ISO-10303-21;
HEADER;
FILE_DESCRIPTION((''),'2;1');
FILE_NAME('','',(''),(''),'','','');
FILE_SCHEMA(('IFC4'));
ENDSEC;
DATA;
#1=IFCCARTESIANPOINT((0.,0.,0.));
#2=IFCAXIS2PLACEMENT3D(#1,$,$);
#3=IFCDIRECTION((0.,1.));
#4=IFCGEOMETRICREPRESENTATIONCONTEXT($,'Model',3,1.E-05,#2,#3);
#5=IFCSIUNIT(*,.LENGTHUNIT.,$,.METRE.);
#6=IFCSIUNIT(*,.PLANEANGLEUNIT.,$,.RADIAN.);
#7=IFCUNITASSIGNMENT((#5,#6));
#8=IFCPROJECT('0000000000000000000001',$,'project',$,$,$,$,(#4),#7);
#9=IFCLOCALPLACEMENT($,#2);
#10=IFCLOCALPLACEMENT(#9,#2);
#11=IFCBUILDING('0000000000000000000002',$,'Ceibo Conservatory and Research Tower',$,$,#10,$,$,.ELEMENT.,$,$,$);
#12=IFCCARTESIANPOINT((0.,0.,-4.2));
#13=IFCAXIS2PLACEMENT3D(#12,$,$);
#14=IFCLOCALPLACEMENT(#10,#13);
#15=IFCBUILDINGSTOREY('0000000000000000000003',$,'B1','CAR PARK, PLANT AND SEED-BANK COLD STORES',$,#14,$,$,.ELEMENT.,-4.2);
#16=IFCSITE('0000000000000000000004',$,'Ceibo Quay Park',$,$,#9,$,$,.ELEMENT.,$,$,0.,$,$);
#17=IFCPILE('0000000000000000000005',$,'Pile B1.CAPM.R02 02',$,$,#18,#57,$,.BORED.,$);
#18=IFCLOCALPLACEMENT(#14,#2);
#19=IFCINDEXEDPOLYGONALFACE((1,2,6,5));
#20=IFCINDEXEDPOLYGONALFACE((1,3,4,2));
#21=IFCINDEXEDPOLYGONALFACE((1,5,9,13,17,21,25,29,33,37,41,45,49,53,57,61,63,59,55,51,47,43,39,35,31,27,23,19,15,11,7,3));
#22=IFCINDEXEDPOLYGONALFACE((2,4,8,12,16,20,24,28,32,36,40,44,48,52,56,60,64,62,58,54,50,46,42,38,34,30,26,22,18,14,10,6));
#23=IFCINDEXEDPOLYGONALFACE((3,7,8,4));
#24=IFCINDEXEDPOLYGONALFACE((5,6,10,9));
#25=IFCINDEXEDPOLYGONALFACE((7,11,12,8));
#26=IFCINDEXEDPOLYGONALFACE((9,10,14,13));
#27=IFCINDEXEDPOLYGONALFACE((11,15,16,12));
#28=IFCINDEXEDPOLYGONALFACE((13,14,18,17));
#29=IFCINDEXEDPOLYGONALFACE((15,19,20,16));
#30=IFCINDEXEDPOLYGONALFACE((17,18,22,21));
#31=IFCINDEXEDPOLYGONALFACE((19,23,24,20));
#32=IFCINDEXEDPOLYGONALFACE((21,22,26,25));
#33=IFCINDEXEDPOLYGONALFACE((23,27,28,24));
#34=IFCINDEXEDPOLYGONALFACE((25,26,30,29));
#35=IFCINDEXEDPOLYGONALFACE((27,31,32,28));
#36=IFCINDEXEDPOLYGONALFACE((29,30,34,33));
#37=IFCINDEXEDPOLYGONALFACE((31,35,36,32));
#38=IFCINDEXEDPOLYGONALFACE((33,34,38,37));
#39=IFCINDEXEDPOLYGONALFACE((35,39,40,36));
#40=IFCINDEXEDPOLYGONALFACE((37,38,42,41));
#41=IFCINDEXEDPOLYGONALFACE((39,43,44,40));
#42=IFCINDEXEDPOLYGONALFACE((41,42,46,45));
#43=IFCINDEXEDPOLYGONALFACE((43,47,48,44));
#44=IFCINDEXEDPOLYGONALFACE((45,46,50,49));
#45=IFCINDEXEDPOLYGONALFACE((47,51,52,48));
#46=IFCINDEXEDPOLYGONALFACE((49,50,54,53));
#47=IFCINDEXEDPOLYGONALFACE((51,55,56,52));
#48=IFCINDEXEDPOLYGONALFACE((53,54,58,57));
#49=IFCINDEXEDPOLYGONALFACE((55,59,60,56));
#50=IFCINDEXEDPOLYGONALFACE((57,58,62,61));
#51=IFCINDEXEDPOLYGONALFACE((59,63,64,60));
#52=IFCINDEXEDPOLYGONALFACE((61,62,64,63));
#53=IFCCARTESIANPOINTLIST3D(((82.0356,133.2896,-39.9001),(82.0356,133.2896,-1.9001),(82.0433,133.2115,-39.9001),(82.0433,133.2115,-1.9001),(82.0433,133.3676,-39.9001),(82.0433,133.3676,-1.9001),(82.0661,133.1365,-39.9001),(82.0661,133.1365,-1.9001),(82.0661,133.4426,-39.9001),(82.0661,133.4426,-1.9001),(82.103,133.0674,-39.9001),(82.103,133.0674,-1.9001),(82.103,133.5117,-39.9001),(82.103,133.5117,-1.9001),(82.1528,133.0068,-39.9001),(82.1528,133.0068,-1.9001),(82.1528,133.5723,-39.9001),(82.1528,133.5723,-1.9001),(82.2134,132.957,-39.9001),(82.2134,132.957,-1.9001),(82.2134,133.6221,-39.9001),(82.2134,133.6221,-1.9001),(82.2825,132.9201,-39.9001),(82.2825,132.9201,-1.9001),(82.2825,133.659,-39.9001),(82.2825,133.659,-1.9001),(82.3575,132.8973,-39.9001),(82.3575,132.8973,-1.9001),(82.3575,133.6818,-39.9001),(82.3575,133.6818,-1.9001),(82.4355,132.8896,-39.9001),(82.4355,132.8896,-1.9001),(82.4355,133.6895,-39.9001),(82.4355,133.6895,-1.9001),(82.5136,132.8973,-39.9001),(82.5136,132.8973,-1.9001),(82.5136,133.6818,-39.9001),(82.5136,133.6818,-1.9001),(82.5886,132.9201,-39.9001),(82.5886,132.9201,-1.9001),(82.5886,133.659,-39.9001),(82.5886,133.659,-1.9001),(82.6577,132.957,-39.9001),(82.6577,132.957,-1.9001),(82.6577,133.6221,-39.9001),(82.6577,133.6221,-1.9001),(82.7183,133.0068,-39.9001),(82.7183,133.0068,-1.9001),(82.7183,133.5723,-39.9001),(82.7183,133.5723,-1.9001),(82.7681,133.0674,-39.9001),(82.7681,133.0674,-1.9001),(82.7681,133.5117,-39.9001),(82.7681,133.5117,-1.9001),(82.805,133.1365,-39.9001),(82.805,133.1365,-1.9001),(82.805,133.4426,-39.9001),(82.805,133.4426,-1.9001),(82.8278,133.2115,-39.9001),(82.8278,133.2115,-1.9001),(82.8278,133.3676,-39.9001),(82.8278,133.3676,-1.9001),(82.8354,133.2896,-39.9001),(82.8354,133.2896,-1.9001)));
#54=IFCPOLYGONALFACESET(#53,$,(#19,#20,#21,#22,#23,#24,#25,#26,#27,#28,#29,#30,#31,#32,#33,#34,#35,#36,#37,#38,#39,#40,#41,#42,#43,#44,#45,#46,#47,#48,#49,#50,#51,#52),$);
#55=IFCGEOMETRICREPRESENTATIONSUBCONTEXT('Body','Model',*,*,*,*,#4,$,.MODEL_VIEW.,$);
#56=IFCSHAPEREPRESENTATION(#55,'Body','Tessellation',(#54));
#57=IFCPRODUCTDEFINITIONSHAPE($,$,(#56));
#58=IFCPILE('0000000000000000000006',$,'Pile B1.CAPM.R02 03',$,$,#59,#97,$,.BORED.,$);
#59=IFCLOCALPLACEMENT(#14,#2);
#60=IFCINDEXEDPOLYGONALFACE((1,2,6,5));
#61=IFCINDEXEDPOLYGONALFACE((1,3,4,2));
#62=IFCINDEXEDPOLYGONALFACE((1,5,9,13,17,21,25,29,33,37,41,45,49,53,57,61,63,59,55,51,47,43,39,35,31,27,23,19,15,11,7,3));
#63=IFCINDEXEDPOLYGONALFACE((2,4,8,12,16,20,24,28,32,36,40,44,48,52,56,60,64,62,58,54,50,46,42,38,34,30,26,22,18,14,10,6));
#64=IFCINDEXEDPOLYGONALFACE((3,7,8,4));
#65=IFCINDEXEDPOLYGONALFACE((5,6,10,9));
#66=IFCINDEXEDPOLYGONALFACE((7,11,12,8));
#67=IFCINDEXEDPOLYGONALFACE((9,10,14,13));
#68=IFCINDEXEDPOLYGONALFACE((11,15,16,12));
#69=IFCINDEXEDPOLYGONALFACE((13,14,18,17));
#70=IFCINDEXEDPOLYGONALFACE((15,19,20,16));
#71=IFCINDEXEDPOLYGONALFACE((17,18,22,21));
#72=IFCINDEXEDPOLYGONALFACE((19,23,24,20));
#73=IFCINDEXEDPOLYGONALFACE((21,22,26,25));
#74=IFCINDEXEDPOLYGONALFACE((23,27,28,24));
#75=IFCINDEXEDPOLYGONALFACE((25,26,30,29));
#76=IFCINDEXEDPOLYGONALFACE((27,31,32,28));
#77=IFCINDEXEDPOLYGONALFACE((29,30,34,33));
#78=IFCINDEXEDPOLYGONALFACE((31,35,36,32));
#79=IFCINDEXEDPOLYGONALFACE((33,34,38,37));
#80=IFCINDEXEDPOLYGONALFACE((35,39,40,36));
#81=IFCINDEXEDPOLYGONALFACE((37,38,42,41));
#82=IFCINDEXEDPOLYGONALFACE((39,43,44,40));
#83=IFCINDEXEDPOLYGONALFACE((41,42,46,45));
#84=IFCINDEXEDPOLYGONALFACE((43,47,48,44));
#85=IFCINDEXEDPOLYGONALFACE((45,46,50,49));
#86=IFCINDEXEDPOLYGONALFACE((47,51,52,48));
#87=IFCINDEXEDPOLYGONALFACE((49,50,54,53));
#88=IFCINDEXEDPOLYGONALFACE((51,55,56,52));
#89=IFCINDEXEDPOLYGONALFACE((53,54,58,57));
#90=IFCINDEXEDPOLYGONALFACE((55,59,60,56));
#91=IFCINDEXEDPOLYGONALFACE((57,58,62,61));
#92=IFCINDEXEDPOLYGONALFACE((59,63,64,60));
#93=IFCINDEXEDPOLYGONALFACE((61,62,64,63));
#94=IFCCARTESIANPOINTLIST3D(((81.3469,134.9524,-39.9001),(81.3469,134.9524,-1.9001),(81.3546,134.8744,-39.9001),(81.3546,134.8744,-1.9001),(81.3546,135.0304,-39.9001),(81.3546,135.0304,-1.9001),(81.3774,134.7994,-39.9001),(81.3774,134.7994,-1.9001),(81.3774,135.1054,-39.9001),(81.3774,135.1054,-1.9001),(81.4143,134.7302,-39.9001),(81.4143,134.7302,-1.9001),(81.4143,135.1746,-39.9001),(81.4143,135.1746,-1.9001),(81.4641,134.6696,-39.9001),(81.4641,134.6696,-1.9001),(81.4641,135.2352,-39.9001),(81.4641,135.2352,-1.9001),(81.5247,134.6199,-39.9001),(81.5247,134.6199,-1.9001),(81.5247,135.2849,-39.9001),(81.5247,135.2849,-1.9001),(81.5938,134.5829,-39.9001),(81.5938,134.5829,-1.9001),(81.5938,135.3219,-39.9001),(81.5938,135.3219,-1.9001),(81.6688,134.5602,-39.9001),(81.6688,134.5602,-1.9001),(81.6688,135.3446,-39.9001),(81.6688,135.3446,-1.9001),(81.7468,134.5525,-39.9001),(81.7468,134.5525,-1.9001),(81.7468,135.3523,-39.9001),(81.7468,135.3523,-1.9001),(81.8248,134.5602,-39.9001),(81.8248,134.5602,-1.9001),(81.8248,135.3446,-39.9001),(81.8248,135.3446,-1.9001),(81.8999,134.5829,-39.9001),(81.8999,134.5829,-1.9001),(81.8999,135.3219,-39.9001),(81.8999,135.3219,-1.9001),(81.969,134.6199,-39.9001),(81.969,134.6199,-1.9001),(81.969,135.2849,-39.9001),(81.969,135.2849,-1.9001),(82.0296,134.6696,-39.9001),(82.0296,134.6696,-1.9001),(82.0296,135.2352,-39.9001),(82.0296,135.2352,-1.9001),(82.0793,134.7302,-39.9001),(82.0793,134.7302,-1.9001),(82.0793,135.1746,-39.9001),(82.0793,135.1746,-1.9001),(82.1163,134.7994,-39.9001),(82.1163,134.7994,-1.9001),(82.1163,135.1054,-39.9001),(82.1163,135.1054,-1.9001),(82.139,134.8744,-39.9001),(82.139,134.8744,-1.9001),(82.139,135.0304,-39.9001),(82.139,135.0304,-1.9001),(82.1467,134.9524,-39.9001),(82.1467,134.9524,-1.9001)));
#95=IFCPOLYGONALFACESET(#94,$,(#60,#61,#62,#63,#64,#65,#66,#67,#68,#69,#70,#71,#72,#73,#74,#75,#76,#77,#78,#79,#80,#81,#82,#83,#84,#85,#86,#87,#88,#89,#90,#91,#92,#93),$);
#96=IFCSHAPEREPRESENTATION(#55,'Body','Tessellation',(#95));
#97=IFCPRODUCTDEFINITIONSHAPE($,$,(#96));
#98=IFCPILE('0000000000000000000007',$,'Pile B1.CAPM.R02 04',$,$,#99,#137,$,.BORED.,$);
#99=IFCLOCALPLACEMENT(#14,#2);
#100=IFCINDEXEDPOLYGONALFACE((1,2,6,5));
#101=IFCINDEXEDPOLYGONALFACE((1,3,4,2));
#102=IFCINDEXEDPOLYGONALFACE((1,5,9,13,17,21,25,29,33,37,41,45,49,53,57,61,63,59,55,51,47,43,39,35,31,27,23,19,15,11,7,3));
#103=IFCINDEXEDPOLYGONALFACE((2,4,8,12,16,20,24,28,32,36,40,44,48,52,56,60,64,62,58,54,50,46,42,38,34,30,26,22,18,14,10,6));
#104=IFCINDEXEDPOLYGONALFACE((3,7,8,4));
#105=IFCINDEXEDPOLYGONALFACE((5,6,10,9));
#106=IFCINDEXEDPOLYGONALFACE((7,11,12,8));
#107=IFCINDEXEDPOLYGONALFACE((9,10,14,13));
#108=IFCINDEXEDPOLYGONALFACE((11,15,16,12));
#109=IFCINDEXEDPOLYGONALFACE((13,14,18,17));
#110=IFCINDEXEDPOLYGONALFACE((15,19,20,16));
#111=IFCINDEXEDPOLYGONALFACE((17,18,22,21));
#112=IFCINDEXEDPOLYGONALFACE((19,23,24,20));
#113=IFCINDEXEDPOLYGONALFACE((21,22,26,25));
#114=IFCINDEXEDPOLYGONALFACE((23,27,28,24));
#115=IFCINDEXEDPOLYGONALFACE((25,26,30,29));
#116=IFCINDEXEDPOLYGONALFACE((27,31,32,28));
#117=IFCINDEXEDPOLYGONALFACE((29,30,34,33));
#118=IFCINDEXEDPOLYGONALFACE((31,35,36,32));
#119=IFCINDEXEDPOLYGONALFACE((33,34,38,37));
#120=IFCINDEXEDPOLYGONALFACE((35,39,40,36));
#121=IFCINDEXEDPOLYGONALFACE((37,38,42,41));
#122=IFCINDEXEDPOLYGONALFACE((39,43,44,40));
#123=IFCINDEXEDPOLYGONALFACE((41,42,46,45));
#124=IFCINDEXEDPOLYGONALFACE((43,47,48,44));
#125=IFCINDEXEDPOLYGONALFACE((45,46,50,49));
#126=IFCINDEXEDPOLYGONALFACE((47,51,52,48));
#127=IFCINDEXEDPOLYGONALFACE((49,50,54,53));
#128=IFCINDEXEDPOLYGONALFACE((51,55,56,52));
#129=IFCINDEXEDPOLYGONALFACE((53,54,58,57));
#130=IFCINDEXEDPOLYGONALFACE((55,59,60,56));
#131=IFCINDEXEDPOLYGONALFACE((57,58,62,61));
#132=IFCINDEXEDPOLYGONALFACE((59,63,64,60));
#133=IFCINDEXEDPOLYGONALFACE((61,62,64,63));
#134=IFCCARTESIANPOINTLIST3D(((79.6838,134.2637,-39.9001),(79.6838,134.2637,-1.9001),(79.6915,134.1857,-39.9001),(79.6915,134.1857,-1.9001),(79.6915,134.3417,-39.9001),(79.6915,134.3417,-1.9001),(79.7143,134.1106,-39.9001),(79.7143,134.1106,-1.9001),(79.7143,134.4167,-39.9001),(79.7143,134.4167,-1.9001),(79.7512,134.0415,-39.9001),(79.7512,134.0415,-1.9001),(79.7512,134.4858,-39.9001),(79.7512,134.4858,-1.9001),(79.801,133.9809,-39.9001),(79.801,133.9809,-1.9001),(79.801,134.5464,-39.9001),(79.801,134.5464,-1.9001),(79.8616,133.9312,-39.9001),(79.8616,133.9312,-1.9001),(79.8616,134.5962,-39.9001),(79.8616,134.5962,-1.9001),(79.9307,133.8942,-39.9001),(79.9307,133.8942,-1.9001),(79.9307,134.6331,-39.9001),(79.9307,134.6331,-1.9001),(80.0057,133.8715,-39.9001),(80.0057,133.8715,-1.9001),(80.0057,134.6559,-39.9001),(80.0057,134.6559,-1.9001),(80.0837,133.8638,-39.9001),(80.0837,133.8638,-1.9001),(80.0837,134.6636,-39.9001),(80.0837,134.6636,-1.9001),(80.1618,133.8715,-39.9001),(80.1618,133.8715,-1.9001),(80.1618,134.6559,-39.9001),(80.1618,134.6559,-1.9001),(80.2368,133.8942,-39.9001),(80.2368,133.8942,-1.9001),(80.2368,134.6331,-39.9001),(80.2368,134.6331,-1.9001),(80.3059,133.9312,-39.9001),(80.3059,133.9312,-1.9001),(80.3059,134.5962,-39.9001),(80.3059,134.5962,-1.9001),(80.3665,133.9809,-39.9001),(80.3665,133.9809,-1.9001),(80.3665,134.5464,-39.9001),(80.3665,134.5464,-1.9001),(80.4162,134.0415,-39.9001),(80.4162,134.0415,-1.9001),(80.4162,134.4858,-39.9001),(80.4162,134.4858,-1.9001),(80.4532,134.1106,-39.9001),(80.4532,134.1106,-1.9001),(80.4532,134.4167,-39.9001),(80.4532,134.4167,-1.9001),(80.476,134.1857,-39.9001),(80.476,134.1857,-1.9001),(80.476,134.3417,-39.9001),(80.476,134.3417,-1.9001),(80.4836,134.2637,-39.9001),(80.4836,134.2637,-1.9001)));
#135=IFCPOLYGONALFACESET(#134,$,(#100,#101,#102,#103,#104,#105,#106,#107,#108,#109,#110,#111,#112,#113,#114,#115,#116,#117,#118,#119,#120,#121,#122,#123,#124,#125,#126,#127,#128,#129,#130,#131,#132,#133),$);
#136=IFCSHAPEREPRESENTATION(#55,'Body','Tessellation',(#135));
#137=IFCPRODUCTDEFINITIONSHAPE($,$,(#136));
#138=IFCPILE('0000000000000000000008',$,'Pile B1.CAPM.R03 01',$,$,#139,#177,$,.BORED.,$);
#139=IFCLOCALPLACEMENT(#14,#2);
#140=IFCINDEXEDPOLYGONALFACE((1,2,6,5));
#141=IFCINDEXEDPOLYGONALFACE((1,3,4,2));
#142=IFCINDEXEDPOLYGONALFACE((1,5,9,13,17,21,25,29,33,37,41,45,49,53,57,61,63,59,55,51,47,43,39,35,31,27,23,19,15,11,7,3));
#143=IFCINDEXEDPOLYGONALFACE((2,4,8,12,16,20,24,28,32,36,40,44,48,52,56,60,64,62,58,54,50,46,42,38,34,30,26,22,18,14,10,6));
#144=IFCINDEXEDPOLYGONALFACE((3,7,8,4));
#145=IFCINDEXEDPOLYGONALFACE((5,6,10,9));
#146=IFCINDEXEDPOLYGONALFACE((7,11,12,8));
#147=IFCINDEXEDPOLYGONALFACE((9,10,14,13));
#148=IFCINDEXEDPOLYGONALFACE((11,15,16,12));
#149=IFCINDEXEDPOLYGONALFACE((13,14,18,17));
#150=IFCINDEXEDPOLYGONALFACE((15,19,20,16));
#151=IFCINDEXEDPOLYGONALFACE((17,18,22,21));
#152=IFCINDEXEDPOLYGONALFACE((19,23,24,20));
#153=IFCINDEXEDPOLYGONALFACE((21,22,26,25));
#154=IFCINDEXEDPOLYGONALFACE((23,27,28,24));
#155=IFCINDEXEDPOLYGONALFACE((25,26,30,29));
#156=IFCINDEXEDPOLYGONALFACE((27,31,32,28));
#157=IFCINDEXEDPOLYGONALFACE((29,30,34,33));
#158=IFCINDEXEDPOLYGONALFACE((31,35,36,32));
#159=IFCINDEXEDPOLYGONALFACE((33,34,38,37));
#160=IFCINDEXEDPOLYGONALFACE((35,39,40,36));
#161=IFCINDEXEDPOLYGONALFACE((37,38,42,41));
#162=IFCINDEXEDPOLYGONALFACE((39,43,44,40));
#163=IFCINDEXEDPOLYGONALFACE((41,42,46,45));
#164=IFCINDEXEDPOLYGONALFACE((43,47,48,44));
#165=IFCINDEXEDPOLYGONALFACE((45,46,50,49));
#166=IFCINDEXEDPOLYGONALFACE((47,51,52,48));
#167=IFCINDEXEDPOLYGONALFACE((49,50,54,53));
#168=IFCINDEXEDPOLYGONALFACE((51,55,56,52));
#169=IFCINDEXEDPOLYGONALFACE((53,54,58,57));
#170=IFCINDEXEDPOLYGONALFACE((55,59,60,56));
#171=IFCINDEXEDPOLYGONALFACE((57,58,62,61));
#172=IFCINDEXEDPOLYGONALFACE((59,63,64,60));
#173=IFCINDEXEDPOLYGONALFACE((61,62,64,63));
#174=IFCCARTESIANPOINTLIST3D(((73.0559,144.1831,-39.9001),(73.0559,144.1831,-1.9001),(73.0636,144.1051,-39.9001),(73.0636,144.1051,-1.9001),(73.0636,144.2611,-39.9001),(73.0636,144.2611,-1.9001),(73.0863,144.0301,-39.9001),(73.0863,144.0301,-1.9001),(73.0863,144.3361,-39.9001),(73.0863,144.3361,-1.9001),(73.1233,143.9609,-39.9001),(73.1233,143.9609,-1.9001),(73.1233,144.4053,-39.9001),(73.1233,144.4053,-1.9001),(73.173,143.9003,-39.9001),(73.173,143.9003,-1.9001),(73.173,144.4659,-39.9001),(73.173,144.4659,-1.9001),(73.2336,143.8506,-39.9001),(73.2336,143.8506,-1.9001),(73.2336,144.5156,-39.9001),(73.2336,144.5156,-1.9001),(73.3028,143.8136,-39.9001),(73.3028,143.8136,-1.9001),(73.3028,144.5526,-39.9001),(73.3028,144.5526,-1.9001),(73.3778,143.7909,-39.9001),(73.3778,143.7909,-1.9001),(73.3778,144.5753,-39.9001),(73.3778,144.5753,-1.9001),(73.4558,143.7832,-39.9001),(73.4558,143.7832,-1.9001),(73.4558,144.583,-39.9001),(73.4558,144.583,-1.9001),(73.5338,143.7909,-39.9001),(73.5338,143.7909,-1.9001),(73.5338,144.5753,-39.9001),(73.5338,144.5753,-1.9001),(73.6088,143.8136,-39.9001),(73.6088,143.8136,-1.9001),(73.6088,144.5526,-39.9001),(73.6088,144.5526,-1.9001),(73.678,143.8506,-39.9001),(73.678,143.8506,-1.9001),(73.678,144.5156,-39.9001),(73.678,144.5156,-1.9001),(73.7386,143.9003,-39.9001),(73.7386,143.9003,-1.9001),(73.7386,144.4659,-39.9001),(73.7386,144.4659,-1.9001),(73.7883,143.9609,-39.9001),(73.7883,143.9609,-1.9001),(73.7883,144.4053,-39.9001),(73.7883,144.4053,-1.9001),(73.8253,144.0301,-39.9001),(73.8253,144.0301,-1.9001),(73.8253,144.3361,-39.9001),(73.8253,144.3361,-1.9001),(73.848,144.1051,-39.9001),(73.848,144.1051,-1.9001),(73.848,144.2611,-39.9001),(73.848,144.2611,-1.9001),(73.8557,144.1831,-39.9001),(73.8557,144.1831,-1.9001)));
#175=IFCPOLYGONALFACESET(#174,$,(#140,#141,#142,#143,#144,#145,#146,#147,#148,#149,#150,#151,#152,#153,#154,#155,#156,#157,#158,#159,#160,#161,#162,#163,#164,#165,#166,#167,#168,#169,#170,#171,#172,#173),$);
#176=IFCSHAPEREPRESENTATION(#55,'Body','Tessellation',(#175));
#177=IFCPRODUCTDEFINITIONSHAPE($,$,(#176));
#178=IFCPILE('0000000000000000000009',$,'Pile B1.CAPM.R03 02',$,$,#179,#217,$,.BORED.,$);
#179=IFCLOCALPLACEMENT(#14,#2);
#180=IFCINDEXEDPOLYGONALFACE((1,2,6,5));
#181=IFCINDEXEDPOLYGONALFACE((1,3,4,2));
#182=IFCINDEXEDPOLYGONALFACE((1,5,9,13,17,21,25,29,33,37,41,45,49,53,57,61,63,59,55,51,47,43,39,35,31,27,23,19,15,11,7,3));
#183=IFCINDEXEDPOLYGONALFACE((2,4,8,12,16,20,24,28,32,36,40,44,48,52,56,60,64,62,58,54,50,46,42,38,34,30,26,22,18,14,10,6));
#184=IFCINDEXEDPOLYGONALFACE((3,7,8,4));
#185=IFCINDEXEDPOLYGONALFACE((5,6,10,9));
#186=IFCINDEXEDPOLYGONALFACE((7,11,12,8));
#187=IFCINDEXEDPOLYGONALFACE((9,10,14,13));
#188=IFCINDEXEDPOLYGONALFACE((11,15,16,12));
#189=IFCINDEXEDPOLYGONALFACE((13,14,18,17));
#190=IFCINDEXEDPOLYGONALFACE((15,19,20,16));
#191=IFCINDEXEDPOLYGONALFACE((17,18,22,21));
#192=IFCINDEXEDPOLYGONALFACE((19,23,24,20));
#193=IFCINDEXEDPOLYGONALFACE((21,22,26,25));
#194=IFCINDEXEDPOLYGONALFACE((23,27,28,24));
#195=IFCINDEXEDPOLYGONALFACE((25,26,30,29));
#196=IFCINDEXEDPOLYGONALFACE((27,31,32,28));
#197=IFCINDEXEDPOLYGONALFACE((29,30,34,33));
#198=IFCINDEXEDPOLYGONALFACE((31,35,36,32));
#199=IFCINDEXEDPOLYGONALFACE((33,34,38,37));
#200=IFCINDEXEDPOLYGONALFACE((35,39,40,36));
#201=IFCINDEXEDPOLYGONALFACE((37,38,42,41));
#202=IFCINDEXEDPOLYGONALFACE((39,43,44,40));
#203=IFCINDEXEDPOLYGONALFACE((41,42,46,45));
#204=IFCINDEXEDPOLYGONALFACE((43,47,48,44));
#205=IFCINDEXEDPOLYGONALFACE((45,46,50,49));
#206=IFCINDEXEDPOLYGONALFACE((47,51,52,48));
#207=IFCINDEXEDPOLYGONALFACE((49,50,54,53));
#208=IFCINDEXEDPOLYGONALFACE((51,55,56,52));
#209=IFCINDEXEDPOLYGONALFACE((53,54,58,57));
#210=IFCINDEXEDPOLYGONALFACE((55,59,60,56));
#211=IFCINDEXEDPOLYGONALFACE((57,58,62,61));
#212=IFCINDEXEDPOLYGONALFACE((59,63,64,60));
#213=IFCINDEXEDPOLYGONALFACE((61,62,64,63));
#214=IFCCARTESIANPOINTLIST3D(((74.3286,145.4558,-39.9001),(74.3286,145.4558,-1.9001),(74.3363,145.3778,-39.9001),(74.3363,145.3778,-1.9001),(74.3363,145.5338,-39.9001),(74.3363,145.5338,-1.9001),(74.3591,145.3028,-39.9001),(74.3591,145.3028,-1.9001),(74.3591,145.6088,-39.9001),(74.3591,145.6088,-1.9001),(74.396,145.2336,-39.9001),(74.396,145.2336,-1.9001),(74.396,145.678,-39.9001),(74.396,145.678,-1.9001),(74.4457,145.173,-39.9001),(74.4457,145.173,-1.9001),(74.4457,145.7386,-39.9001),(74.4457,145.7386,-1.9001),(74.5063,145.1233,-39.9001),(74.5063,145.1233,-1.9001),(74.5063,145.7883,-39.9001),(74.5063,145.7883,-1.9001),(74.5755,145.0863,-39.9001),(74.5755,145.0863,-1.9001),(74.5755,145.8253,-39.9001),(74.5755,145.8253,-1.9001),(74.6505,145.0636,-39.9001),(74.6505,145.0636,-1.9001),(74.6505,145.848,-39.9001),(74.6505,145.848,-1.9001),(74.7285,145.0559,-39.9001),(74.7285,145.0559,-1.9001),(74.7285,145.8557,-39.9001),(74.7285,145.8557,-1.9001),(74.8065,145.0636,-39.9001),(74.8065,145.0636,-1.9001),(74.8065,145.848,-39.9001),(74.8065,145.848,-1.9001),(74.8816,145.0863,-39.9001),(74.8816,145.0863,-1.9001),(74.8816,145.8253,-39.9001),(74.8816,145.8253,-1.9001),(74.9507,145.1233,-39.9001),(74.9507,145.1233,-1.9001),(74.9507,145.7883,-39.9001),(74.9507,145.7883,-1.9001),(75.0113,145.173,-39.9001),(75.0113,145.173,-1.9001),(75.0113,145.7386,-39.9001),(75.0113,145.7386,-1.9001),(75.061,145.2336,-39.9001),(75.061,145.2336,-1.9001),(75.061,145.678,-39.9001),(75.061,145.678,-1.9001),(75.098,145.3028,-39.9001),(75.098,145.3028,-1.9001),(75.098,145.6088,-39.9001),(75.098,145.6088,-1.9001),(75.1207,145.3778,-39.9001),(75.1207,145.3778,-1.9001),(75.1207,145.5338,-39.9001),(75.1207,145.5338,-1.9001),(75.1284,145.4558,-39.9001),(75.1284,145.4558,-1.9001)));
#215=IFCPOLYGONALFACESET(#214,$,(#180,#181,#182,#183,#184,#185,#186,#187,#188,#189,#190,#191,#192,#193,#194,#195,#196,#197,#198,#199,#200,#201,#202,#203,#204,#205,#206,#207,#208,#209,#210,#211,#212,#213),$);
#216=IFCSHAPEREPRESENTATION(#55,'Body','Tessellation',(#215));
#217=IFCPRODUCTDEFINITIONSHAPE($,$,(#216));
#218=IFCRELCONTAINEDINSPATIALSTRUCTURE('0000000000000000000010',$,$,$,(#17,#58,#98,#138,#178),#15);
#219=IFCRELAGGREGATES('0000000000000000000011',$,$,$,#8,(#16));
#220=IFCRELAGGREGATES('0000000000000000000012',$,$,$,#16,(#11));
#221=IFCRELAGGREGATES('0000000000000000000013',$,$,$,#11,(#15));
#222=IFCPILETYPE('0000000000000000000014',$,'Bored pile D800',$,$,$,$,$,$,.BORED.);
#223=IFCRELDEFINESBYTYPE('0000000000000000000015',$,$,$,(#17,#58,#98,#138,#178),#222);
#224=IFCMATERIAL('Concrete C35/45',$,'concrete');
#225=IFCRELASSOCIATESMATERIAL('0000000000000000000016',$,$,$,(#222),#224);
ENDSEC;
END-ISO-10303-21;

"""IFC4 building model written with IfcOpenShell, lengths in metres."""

from ifc_helpers import new_model, si_unit, direction, frame, origin, origin_2d, place, context, subcontext, project, spatial, circle, extrude, material, material_profile, profile_set, type_object, element, save


model = new_model("IFC4")

# Units and contexts
model_context = context("Model", 3, precision=1e-05, world=origin(), true_north=direction((0.0, 1.0)))
body_context = subcontext(model_context, "Body", "Model", "MODEL_VIEW")
ifc_project = project(units=[si_unit("LENGTHUNIT", "METRE"), si_unit("PLANEANGLEUNIT", "RADIAN")], contexts=[model_context])

# Site, building, storey
site_placement = place(None, origin())
site = spatial("IfcSite", under=ifc_project, at=site_placement, Name="Ceibo Quay Park", CompositionType="ELEMENT", RefElevation=0.0)
building_placement = place(site_placement, origin())
building = spatial("IfcBuilding", under=site, at=building_placement, Name="Ceibo Conservatory and Research Tower", CompositionType="ELEMENT")
storey_placement = place(building_placement, frame((0.0, 0.0, -4.2)))
storey = spatial("IfcBuildingStorey", under=building, at=storey_placement, Name="B1", Description="CAR PARK, PLANT AND SEED-BANK COLD STORES", CompositionType="ELEMENT", Elevation=-4.2)

# Piles
ifc_material_1 = material(Name="Concrete C35/45", Category="concrete")
ifc_material_profile_1 = material_profile(ifc_material_1, circle(Radius=0.3999, at=origin_2d()), Name="RC D800")
ifc_profile_set_1 = profile_set([ifc_material_profile_1], Name="Concrete C35/45")
pile_type_1 = type_object("IfcPileType", Name="Bored pile D800", PredefinedType="BORED", material=ifc_profile_set_1)
for number, where, z_axis, x_axis, name in (
    (1, (82.4355, 133.2896, -1.9001), (0.0, 0.0, -1.0), (1.0, 0.0, 0.0), "Pile B1.CAPM.R02 02"),
    (2, (81.7468, 134.9524, -1.9001), (0.0, 0.0, -1.0), (1.0, 0.0, 0.0), "Pile B1.CAPM.R02 03"),
    (3, (80.0837, 134.2637, -1.9001), (0.0, 0.0, -1.0), (1.0, 0.0, 0.0), "Pile B1.CAPM.R02 04"),
    (4, (73.4558, 144.1831, -1.9001), (0.0, 0.0, -1.0), (1.0, 0.0, 0.0), "Pile B1.CAPM.R03 01"),
    (5, (74.7285, 145.4558, -1.9001), (0.0, 0.0, -1.0), (1.0, 0.0, 0.0), "Pile B1.CAPM.R03 02"),
):
    element("IfcPile", number, at=place(storey_placement, frame(where, z_axis=z_axis, x_axis=x_axis)), inside=storey, type_object=pile_type_1, Name=name, PredefinedType="BORED", context=body_context, shape_type="SweptSolid", body=[
        extrude(circle(Radius=0.3999, at=origin_2d()), origin(), (0.0, 0.0, 1.0), 38.0),
    ])

save(model, "model.ifc")
